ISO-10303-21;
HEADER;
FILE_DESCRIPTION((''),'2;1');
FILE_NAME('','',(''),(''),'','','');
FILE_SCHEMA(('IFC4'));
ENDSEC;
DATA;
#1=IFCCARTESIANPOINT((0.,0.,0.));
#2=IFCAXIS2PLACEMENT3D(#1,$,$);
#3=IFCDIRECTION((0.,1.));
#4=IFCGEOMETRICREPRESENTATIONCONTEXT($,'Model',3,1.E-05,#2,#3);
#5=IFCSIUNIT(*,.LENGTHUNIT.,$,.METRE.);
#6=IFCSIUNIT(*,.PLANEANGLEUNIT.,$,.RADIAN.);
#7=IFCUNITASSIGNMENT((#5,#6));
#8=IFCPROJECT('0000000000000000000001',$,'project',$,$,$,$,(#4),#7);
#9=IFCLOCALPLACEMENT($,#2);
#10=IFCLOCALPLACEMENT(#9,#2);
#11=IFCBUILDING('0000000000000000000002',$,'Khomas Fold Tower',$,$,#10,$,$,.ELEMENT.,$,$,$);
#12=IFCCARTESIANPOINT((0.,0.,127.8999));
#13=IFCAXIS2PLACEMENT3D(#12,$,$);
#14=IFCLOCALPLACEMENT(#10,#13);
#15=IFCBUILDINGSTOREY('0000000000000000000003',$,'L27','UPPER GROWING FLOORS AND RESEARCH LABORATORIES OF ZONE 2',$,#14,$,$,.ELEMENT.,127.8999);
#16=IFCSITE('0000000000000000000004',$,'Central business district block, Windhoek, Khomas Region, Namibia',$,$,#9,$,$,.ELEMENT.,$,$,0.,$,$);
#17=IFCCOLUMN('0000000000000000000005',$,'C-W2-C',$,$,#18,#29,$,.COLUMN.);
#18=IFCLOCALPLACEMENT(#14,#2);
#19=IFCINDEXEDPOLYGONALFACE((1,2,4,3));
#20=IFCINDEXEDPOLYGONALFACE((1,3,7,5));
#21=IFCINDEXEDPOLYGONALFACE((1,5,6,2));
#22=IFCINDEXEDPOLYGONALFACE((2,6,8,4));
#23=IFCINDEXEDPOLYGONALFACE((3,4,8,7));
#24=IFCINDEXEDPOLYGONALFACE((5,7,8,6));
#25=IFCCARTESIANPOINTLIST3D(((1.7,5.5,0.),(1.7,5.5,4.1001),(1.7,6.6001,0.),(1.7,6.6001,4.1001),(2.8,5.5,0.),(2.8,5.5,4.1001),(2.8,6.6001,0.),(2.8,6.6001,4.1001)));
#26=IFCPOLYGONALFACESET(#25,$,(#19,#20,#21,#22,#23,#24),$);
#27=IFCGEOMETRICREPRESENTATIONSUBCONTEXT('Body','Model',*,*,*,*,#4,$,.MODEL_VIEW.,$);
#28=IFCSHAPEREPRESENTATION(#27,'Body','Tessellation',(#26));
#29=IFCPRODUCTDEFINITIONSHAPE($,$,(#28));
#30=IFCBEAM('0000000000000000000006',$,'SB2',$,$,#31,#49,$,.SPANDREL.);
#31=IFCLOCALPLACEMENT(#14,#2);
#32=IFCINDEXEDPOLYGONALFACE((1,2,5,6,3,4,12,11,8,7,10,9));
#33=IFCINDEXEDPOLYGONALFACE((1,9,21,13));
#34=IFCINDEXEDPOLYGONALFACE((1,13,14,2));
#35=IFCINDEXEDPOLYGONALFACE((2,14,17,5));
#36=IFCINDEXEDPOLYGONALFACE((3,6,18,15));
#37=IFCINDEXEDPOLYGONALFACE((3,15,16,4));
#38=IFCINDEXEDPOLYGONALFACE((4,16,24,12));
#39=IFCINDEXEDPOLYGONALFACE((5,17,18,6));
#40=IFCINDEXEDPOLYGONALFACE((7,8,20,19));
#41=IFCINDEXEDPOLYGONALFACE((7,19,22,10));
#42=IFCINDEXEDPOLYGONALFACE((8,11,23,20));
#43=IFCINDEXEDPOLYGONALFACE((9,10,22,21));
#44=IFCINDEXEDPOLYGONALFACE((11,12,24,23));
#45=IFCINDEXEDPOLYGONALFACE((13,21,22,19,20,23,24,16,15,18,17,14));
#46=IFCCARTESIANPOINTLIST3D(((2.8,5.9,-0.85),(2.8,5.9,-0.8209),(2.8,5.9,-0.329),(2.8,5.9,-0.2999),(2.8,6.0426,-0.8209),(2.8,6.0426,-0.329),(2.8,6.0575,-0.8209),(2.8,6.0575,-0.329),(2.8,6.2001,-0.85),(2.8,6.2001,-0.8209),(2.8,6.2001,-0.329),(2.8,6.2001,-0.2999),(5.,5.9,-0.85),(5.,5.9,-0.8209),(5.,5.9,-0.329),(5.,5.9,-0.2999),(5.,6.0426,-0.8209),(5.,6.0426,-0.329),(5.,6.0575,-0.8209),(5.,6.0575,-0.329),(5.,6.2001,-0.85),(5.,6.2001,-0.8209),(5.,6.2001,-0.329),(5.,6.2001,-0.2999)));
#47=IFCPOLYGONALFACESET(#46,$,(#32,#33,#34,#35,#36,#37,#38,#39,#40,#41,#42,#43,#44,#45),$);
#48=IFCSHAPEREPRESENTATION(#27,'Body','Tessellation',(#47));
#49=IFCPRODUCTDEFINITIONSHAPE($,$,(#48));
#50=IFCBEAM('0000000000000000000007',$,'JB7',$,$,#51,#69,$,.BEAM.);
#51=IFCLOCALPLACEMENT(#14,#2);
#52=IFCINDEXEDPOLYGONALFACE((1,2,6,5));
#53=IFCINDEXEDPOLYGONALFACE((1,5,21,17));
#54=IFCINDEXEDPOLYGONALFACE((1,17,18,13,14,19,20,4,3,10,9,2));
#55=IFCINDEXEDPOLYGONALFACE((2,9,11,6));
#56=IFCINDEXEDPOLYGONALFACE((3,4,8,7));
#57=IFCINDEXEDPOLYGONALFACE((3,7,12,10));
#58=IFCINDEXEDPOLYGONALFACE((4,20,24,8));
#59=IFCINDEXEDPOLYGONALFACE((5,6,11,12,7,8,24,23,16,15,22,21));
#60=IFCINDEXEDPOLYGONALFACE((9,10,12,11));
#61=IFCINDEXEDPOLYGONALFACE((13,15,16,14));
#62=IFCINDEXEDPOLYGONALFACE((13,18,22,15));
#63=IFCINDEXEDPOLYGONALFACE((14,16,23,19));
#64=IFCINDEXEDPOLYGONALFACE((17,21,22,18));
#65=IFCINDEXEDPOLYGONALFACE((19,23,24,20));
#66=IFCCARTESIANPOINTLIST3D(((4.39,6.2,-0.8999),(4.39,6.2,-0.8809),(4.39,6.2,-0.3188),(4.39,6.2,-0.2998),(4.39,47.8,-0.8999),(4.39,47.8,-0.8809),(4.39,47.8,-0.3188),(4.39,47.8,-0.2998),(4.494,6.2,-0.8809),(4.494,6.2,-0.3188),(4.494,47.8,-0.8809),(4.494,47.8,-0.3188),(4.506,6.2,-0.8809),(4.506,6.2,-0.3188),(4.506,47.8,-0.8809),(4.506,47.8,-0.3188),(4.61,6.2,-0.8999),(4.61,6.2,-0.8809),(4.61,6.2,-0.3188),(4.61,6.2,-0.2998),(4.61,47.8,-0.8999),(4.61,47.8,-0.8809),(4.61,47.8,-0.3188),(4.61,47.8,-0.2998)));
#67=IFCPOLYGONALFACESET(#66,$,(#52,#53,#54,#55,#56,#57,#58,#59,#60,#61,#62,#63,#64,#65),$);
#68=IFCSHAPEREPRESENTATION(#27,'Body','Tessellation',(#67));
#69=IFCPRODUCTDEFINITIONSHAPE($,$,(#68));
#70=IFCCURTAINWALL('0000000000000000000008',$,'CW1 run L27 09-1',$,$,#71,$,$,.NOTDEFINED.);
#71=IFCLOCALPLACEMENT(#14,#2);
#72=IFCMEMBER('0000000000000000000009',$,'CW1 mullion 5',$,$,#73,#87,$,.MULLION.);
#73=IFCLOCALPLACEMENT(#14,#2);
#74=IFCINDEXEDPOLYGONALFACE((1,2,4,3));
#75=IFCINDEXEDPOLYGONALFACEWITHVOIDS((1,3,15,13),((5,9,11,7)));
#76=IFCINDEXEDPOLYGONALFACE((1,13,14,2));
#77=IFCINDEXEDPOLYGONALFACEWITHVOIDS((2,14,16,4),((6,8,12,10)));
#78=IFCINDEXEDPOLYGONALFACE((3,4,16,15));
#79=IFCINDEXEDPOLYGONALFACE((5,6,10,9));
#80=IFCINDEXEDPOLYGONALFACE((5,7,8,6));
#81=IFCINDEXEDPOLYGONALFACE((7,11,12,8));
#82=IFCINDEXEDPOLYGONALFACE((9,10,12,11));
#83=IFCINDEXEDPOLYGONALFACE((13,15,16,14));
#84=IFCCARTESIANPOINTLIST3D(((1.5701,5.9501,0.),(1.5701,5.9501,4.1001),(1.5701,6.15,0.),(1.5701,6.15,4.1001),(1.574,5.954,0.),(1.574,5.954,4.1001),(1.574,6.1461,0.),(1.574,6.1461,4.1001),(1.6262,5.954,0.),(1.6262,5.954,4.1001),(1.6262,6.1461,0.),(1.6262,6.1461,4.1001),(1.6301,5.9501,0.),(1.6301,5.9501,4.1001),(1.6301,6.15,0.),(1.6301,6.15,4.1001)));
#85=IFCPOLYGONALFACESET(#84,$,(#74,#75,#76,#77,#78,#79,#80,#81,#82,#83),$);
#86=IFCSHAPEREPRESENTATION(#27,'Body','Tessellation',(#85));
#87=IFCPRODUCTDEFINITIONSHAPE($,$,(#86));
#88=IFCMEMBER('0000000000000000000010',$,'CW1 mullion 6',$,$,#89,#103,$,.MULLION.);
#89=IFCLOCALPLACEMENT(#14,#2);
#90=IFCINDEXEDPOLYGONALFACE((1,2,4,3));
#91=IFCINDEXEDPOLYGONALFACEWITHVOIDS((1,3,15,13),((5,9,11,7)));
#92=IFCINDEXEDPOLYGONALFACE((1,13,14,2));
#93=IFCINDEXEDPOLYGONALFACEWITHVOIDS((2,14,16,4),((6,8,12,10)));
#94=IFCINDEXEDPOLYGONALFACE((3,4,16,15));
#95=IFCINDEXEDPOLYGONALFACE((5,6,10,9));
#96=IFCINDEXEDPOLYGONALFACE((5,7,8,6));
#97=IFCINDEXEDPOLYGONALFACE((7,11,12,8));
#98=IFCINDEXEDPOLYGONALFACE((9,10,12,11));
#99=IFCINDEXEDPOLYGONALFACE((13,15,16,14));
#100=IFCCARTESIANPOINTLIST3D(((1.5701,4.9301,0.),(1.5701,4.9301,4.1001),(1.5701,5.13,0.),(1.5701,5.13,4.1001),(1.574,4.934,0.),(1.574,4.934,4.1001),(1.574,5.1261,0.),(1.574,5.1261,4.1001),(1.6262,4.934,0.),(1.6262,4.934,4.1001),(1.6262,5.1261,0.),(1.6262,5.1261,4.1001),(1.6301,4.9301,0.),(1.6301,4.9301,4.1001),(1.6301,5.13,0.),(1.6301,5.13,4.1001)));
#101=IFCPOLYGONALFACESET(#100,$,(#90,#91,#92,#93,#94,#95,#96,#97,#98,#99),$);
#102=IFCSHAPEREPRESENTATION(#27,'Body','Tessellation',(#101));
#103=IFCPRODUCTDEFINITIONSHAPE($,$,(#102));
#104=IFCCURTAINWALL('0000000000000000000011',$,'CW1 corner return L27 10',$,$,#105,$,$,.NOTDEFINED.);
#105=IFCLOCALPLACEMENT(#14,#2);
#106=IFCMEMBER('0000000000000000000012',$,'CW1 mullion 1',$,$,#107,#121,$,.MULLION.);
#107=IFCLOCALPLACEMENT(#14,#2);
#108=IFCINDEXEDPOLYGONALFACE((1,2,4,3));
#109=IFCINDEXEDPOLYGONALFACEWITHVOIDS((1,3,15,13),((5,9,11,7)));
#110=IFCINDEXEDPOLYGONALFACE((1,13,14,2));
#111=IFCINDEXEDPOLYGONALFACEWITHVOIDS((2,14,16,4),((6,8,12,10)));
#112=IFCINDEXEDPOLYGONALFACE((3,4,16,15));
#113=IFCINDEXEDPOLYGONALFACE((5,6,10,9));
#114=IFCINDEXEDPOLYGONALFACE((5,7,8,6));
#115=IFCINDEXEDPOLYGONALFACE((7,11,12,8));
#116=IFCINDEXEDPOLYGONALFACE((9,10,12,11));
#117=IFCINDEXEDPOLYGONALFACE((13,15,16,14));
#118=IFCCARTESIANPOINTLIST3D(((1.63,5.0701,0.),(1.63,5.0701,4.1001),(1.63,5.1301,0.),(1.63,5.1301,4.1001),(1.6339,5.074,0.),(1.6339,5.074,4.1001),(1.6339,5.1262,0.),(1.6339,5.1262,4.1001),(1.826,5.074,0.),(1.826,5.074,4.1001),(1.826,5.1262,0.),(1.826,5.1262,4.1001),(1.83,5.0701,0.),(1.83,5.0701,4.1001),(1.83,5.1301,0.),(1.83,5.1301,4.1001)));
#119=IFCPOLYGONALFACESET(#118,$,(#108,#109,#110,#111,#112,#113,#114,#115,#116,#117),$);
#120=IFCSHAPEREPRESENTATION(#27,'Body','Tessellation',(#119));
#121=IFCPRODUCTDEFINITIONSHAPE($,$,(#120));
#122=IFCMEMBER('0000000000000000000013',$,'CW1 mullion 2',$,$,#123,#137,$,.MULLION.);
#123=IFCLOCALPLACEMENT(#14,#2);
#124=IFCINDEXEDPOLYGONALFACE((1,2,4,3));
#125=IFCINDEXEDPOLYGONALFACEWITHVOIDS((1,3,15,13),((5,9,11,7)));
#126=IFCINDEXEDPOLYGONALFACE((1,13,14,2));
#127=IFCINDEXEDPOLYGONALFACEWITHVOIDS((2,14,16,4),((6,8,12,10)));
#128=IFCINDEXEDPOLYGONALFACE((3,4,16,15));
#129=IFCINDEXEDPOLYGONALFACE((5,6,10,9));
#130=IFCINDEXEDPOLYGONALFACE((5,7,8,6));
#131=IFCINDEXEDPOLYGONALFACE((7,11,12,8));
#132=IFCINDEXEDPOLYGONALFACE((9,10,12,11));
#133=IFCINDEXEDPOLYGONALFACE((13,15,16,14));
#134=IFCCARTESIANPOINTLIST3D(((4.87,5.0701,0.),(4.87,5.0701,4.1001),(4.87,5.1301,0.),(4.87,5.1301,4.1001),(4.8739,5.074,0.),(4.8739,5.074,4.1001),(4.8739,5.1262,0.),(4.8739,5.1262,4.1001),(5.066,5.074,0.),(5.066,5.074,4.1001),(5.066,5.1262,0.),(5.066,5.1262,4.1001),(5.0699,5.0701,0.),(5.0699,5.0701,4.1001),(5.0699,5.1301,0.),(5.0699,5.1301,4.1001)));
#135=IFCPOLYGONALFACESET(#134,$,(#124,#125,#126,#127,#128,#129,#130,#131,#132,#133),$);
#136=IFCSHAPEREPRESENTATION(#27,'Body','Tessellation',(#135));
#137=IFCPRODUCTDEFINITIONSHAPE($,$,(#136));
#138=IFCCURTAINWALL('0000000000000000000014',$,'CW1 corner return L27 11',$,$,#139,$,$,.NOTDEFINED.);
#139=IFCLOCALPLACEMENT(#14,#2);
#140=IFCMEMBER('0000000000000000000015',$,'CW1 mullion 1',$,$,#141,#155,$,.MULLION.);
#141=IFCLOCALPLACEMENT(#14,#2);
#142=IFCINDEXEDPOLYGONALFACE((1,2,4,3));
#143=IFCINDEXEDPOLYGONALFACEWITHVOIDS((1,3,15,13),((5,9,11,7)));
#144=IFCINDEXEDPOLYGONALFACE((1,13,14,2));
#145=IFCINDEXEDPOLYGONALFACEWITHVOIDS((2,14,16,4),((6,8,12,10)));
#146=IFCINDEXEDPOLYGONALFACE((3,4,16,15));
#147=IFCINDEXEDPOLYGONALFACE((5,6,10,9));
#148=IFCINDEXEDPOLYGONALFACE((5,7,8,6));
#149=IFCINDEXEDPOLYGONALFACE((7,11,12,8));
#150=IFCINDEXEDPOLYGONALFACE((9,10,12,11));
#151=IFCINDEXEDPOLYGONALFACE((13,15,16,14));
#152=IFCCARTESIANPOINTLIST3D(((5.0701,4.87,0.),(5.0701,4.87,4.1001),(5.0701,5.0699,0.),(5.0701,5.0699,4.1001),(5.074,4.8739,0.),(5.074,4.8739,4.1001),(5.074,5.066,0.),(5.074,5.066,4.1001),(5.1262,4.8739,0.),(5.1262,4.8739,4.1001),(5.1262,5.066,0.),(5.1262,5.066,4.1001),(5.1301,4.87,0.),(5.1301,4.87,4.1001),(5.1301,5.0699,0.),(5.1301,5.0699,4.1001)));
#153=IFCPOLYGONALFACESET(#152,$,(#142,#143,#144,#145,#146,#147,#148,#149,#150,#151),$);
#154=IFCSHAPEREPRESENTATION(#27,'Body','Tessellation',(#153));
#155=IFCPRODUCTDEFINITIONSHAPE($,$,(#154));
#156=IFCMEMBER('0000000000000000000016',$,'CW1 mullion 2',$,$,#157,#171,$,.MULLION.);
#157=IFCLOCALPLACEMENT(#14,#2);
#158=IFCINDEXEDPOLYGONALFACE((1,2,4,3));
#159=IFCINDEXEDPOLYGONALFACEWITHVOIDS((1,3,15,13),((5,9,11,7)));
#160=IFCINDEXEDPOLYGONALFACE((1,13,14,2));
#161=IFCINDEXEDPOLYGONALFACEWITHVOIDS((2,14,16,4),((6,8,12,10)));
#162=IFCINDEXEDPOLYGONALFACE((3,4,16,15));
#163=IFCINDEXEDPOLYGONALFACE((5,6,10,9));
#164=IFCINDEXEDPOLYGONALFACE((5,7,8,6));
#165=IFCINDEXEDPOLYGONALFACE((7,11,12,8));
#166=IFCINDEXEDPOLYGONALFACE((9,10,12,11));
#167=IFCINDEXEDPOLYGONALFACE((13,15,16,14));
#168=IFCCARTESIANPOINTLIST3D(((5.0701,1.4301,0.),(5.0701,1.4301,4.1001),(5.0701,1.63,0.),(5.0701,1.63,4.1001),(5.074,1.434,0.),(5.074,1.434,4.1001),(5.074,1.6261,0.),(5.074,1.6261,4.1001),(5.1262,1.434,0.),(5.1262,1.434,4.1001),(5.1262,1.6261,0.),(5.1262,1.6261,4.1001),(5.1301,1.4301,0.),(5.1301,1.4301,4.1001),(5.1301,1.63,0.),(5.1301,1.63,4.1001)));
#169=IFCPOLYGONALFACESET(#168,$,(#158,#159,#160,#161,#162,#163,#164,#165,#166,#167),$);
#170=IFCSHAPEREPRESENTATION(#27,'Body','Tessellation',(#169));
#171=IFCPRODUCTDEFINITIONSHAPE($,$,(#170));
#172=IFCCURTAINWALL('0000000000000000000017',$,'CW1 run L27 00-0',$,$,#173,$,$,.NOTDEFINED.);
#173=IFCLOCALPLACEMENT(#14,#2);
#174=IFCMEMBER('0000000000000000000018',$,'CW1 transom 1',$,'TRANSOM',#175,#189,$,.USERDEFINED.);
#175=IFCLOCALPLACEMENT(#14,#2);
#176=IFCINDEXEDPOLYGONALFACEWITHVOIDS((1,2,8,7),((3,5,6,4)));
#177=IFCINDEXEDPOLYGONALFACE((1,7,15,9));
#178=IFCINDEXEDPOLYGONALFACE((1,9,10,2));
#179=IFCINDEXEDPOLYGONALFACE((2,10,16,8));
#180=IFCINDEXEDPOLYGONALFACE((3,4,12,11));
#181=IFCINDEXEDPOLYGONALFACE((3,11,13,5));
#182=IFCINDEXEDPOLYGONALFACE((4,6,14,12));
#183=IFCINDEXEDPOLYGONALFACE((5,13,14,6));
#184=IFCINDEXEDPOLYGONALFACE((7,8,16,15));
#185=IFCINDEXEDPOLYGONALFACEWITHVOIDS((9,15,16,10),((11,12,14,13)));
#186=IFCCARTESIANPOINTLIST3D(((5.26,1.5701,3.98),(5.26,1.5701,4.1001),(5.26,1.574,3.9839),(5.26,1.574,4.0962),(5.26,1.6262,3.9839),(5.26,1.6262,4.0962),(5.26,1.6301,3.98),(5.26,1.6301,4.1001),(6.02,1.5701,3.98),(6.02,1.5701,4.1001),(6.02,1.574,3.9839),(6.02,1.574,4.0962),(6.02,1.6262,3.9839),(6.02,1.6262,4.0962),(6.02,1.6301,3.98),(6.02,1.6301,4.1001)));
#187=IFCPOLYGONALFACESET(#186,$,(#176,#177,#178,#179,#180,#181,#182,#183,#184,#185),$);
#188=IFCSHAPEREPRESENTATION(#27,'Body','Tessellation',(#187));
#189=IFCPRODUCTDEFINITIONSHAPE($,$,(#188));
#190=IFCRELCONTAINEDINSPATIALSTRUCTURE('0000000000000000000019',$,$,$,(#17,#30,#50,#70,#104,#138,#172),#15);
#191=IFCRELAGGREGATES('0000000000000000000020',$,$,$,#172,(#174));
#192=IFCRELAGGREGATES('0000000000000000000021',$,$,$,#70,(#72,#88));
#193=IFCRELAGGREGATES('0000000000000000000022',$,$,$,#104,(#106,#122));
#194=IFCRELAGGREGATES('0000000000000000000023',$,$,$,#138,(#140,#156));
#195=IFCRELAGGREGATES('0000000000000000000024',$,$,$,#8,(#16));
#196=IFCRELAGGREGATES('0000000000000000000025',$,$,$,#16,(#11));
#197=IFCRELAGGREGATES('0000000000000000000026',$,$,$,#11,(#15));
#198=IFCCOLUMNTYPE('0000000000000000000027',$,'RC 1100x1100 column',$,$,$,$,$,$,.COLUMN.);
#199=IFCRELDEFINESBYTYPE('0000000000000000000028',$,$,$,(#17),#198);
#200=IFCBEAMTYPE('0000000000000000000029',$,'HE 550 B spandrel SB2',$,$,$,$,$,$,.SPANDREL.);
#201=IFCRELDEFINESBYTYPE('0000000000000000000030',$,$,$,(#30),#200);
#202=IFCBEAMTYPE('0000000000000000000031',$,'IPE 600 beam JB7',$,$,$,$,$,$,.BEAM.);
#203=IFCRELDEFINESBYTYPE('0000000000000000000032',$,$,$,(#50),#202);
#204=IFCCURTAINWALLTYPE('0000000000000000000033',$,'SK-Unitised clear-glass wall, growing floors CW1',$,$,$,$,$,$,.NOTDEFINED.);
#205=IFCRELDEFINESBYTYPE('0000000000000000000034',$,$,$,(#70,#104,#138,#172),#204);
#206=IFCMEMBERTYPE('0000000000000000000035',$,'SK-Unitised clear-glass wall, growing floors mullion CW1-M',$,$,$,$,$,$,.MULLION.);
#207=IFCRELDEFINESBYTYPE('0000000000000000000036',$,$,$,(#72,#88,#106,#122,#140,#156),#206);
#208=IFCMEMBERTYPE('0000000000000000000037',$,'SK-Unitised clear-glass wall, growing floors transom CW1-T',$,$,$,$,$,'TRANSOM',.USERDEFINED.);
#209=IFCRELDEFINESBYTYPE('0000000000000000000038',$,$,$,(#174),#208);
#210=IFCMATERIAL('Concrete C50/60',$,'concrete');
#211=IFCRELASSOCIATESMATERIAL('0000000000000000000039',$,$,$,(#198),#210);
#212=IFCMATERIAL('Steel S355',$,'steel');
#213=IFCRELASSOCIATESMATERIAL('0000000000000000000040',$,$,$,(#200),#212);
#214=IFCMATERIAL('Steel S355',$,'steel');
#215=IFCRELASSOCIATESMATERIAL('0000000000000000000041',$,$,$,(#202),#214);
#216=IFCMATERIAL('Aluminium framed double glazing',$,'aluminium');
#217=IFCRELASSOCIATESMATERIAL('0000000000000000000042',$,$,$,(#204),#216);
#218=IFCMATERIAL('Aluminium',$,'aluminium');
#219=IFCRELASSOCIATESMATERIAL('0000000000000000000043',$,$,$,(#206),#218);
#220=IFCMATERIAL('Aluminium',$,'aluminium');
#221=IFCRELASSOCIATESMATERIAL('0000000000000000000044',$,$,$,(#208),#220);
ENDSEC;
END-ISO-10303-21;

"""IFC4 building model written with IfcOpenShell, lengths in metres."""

from ifc_helpers import new_model, si_unit, direction, frame, origin, origin_2d, place, context, subcontext, project, spatial, rectangle, hollow_rectangle, i_section, extrude, source, transform, mapped, material, material_profile, profile_set, type_object, element, aggregate, save


model = new_model("IFC4")

# Units and contexts
model_context = context("Model", 3, precision=1e-05, world=origin(), true_north=direction((0.0, 1.0)))
body_context = subcontext(model_context, "Body", "Model", "MODEL_VIEW")
ifc_project = project(units=[si_unit("LENGTHUNIT", "METRE"), si_unit("PLANEANGLEUNIT", "RADIAN")], contexts=[model_context])

# Site, building, storey
site_placement = place(None, origin())
site = spatial("IfcSite", under=ifc_project, at=site_placement, Name="Central business district block, Windhoek, Khomas Region, Namibia", CompositionType="ELEMENT", RefElevation=0.0)
building_placement = place(site_placement, origin())
building = spatial("IfcBuilding", under=site, at=building_placement, Name="Khomas Fold Tower", CompositionType="ELEMENT")
storey_placement = place(building_placement, frame((0.0, 0.0, 127.8999)))
storey = spatial("IfcBuildingStorey", under=building, at=storey_placement, Name="L27", Description="UPPER GROWING FLOORS AND RESEARCH LABORATORIES OF ZONE 2", CompositionType="ELEMENT", Elevation=127.8999)

# Column
ifc_material_1 = material(Name="Concrete C50/60", Category="concrete")
ifc_material_profile_1 = material_profile(ifc_material_1, rectangle(XDim=1.1001, YDim=1.1001, at=origin_2d()), Name="RC 1100x1100")
ifc_profile_set_1 = profile_set([ifc_material_profile_1], Name="Concrete C50/60")
column_type = type_object("IfcColumnType", Name="RC 1100x1100 column", PredefinedType="COLUMN", material=ifc_profile_set_1)
shared_shape_1 = source(origin(), body_context, "Body", "SweptSolid", [
    extrude(rectangle(XDim=1.1001, YDim=1.1001, at=origin_2d()), origin(), (0.0, 0.0, 1.0), 4.1001),
])
column_placement = place(storey_placement, frame((2.25, 6.05, 0.0), z_axis=(0.0, 0.0, 1.0), x_axis=(1.0, 0.0, 0.0)))
element("IfcColumn", 1, at=column_placement, inside=storey, type_object=column_type, Name="C-W2-C", PredefinedType="COLUMN", context=body_context, shape_type="MappedRepresentation", body=[
    mapped(shared_shape_1, transform((0.0, 0.0, 0.0))),
])

# Beams
ifc_material_2 = material(Name="Steel S355", Category="steel")
ifc_material_profile_2 = material_profile(ifc_material_2, i_section(OverallWidth=0.3, OverallDepth=0.55, WebThickness=0.0149, FlangeThickness=0.0291, at=origin_2d()), Name="HE 550 B")
ifc_profile_set_2 = profile_set([ifc_material_profile_2], Name="Steel S355")
beam_type_1 = type_object("IfcBeamType", Name="HE 550 B spandrel SB2", PredefinedType="SPANDREL", material=ifc_profile_set_2)
shared_shape_2 = source(origin(), body_context, "Body", "SweptSolid", [
    extrude(i_section(OverallWidth=0.3, OverallDepth=0.55, WebThickness=0.0149, FlangeThickness=0.0291, at=origin_2d()), origin(), (0.0, 0.0, 1.0), 2.2),
])
beam_1_placement = place(storey_placement, frame((2.8, 6.05, -0.575), z_axis=(1.0, 0.0, 0.0), x_axis=(0.0, 1.0, 0.0)))
element("IfcBeam", 2, at=beam_1_placement, inside=storey, type_object=beam_type_1, Name="SB2", PredefinedType="SPANDREL", context=body_context, shape_type="MappedRepresentation", body=[
    mapped(shared_shape_2, transform((0.0, 0.0, 0.0))),
])
ifc_material_3 = material(Name="Steel S355", Category="steel")
ifc_material_profile_3 = material_profile(ifc_material_3, i_section(OverallWidth=0.22, OverallDepth=0.6001, WebThickness=0.012, FlangeThickness=0.019, at=origin_2d()), Name="IPE 600")
ifc_profile_set_3 = profile_set([ifc_material_profile_3], Name="Steel S355")
beam_type_2 = type_object("IfcBeamType", Name="IPE 600 beam JB7", PredefinedType="BEAM", material=ifc_profile_set_3)
shared_shape_3 = source(origin(), body_context, "Body", "SweptSolid", [
    extrude(i_section(OverallWidth=0.22, OverallDepth=0.6001, WebThickness=0.012, FlangeThickness=0.019, at=origin_2d()), origin(), (0.0, 0.0, 1.0), 41.6001),
])
beam_2_placement = place(storey_placement, frame((4.5, 6.2, -0.5999), z_axis=(0.0, 1.0, 0.0), x_axis=(-1.0, 0.0, 0.0)))
element("IfcBeam", 3, at=beam_2_placement, inside=storey, type_object=beam_type_2, Name="JB7", PredefinedType="BEAM", context=body_context, shape_type="MappedRepresentation", body=[
    mapped(shared_shape_3, transform((0.0, 0.0, 0.0))),
])

# Curtain walls, members
ifc_material_4 = material(Name="Aluminium framed double glazing", Category="aluminium")
curtain_wall_type = type_object("IfcCurtainWallType", Name="SK-Unitised clear-glass wall, growing floors CW1", PredefinedType="NOTDEFINED", material=ifc_material_4)
curtain_wall_1_placement = place(storey_placement, origin())
curtain_wall_1 = element("IfcCurtainWall", 4, at=curtain_wall_1_placement, inside=storey, type_object=curtain_wall_type, Name="CW1 run L27 09-1", PredefinedType="NOTDEFINED")
ifc_material_5 = material(Name="Aluminium", Category="aluminium")
ifc_material_profile_4 = material_profile(ifc_material_5, hollow_rectangle(XDim=0.0601, YDim=0.2, WallThickness=0.0039, at=origin_2d()), Name="SK-Unitised clear-glass wall, growing floors mullion CW1-M")
ifc_profile_set_4 = profile_set([ifc_material_profile_4], Name="Aluminium")
member_type_1 = type_object("IfcMemberType", Name="SK-Unitised clear-glass wall, growing floors mullion CW1-M", PredefinedType="MULLION", material=ifc_profile_set_4)
shared_shape_4 = source(origin(), body_context, "Body", "SweptSolid", [
    extrude(hollow_rectangle(XDim=0.0601, YDim=0.2, WallThickness=0.0039, at=origin_2d()), origin(), (0.0, 0.0, 1.0), 4.1001),
])
member_1_placement = place(storey_placement, frame((1.6001, 6.05, 0.0), z_axis=(0.0, 0.0, 1.0), x_axis=(1.0, 0.0, 0.0)))
member_1 = element("IfcMember", 5, at=member_1_placement, type_object=member_type_1, Name="CW1 mullion 5", PredefinedType="MULLION", context=body_context, shape_type="MappedRepresentation", body=[
    mapped(shared_shape_4, transform((0.0, 0.0, 0.0))),
])
member_2_placement = place(storey_placement, frame((1.6001, 5.03, 0.0), z_axis=(0.0, 0.0, 1.0), x_axis=(1.0, 0.0, 0.0)))
member_2 = element("IfcMember", 6, at=member_2_placement, type_object=member_type_1, Name="CW1 mullion 6", PredefinedType="MULLION", context=body_context, shape_type="MappedRepresentation", body=[
    mapped(shared_shape_4, transform((0.0, 0.0, 0.0))),
])
curtain_wall_2_placement = place(storey_placement, origin())
curtain_wall_2 = element("IfcCurtainWall", 7, at=curtain_wall_2_placement, inside=storey, type_object=curtain_wall_type, Name="CW1 corner return L27 10", PredefinedType="NOTDEFINED")
member_3_placement = place(storey_placement, frame((1.73, 5.1001, 0.0), z_axis=(0.0, 0.0, 1.0), x_axis=(0.0, 1.0, 0.0)))
member_3 = element("IfcMember", 8, at=member_3_placement, type_object=member_type_1, Name="CW1 mullion 1", PredefinedType="MULLION", context=body_context, shape_type="MappedRepresentation", body=[
    mapped(shared_shape_4, transform((0.0, 0.0, 0.0))),
])
member_4_placement = place(storey_placement, frame((4.97, 5.1001, 0.0), z_axis=(0.0, 0.0, 1.0), x_axis=(0.0, 1.0, 0.0)))
member_4 = element("IfcMember", 9, at=member_4_placement, type_object=member_type_1, Name="CW1 mullion 2", PredefinedType="MULLION", context=body_context, shape_type="MappedRepresentation", body=[
    mapped(shared_shape_4, transform((0.0, 0.0, 0.0))),
])
curtain_wall_3_placement = place(storey_placement, origin())
curtain_wall_3 = element("IfcCurtainWall", 10, at=curtain_wall_3_placement, inside=storey, type_object=curtain_wall_type, Name="CW1 corner return L27 11", PredefinedType="NOTDEFINED")
member_5_placement = place(storey_placement, frame((5.1001, 4.97, 0.0), z_axis=(0.0, 0.0, 1.0), x_axis=(1.0, 0.0, 0.0)))
member_5 = element("IfcMember", 11, at=member_5_placement, type_object=member_type_1, Name="CW1 mullion 1", PredefinedType="MULLION", context=body_context, shape_type="MappedRepresentation", body=[
    mapped(shared_shape_4, transform((0.0, 0.0, 0.0))),
])
member_6_placement = place(storey_placement, frame((5.1001, 1.53, 0.0), z_axis=(0.0, 0.0, 1.0), x_axis=(1.0, 0.0, 0.0)))
member_6 = element("IfcMember", 12, at=member_6_placement, type_object=member_type_1, Name="CW1 mullion 2", PredefinedType="MULLION", context=body_context, shape_type="MappedRepresentation", body=[
    mapped(shared_shape_4, transform((0.0, 0.0, 0.0))),
])

# Curtain wall, member
curtain_wall_4_placement = place(storey_placement, origin())
curtain_wall_4 = element("IfcCurtainWall", 13, at=curtain_wall_4_placement, inside=storey, type_object=curtain_wall_type, Name="CW1 run L27 00-0", PredefinedType="NOTDEFINED")
ifc_material_6 = material(Name="Aluminium", Category="aluminium")
ifc_material_profile_5 = material_profile(ifc_material_6, hollow_rectangle(XDim=0.0601, YDim=0.1201, WallThickness=0.0039, at=origin_2d()), Name="SK-Unitised clear-glass wall, growing floors transom CW1-T")
ifc_profile_set_5 = profile_set([ifc_material_profile_5], Name="Aluminium")
member_type_2 = type_object("IfcMemberType", Name="SK-Unitised clear-glass wall, growing floors transom CW1-T", ElementType="TRANSOM", PredefinedType="USERDEFINED", material=ifc_profile_set_5)
shared_shape_5 = source(origin(), body_context, "Body", "SweptSolid", [
    extrude(hollow_rectangle(XDim=0.0601, YDim=0.1201, WallThickness=0.0039, at=origin_2d()), origin(), (0.0, 0.0, 1.0), 0.76),
])
member_7_placement = place(storey_placement, frame((5.26, 1.6001, 4.04), z_axis=(1.0, 0.0, 0.0), x_axis=(0.0, 1.0, 0.0)))
member_7 = element("IfcMember", 14, at=member_7_placement, type_object=member_type_2, Name="CW1 transom 1", ObjectType="TRANSOM", PredefinedType="USERDEFINED", context=body_context, shape_type="MappedRepresentation", body=[
    mapped(shared_shape_5, transform((0.0, 0.0, 0.0))),
])

aggregate(curtain_wall_4, [member_7])
aggregate(curtain_wall_1, [member_1, member_2])
aggregate(curtain_wall_2, [member_3, member_4])
aggregate(curtain_wall_3, [member_5, member_6])

save(model, "model.ifc")
